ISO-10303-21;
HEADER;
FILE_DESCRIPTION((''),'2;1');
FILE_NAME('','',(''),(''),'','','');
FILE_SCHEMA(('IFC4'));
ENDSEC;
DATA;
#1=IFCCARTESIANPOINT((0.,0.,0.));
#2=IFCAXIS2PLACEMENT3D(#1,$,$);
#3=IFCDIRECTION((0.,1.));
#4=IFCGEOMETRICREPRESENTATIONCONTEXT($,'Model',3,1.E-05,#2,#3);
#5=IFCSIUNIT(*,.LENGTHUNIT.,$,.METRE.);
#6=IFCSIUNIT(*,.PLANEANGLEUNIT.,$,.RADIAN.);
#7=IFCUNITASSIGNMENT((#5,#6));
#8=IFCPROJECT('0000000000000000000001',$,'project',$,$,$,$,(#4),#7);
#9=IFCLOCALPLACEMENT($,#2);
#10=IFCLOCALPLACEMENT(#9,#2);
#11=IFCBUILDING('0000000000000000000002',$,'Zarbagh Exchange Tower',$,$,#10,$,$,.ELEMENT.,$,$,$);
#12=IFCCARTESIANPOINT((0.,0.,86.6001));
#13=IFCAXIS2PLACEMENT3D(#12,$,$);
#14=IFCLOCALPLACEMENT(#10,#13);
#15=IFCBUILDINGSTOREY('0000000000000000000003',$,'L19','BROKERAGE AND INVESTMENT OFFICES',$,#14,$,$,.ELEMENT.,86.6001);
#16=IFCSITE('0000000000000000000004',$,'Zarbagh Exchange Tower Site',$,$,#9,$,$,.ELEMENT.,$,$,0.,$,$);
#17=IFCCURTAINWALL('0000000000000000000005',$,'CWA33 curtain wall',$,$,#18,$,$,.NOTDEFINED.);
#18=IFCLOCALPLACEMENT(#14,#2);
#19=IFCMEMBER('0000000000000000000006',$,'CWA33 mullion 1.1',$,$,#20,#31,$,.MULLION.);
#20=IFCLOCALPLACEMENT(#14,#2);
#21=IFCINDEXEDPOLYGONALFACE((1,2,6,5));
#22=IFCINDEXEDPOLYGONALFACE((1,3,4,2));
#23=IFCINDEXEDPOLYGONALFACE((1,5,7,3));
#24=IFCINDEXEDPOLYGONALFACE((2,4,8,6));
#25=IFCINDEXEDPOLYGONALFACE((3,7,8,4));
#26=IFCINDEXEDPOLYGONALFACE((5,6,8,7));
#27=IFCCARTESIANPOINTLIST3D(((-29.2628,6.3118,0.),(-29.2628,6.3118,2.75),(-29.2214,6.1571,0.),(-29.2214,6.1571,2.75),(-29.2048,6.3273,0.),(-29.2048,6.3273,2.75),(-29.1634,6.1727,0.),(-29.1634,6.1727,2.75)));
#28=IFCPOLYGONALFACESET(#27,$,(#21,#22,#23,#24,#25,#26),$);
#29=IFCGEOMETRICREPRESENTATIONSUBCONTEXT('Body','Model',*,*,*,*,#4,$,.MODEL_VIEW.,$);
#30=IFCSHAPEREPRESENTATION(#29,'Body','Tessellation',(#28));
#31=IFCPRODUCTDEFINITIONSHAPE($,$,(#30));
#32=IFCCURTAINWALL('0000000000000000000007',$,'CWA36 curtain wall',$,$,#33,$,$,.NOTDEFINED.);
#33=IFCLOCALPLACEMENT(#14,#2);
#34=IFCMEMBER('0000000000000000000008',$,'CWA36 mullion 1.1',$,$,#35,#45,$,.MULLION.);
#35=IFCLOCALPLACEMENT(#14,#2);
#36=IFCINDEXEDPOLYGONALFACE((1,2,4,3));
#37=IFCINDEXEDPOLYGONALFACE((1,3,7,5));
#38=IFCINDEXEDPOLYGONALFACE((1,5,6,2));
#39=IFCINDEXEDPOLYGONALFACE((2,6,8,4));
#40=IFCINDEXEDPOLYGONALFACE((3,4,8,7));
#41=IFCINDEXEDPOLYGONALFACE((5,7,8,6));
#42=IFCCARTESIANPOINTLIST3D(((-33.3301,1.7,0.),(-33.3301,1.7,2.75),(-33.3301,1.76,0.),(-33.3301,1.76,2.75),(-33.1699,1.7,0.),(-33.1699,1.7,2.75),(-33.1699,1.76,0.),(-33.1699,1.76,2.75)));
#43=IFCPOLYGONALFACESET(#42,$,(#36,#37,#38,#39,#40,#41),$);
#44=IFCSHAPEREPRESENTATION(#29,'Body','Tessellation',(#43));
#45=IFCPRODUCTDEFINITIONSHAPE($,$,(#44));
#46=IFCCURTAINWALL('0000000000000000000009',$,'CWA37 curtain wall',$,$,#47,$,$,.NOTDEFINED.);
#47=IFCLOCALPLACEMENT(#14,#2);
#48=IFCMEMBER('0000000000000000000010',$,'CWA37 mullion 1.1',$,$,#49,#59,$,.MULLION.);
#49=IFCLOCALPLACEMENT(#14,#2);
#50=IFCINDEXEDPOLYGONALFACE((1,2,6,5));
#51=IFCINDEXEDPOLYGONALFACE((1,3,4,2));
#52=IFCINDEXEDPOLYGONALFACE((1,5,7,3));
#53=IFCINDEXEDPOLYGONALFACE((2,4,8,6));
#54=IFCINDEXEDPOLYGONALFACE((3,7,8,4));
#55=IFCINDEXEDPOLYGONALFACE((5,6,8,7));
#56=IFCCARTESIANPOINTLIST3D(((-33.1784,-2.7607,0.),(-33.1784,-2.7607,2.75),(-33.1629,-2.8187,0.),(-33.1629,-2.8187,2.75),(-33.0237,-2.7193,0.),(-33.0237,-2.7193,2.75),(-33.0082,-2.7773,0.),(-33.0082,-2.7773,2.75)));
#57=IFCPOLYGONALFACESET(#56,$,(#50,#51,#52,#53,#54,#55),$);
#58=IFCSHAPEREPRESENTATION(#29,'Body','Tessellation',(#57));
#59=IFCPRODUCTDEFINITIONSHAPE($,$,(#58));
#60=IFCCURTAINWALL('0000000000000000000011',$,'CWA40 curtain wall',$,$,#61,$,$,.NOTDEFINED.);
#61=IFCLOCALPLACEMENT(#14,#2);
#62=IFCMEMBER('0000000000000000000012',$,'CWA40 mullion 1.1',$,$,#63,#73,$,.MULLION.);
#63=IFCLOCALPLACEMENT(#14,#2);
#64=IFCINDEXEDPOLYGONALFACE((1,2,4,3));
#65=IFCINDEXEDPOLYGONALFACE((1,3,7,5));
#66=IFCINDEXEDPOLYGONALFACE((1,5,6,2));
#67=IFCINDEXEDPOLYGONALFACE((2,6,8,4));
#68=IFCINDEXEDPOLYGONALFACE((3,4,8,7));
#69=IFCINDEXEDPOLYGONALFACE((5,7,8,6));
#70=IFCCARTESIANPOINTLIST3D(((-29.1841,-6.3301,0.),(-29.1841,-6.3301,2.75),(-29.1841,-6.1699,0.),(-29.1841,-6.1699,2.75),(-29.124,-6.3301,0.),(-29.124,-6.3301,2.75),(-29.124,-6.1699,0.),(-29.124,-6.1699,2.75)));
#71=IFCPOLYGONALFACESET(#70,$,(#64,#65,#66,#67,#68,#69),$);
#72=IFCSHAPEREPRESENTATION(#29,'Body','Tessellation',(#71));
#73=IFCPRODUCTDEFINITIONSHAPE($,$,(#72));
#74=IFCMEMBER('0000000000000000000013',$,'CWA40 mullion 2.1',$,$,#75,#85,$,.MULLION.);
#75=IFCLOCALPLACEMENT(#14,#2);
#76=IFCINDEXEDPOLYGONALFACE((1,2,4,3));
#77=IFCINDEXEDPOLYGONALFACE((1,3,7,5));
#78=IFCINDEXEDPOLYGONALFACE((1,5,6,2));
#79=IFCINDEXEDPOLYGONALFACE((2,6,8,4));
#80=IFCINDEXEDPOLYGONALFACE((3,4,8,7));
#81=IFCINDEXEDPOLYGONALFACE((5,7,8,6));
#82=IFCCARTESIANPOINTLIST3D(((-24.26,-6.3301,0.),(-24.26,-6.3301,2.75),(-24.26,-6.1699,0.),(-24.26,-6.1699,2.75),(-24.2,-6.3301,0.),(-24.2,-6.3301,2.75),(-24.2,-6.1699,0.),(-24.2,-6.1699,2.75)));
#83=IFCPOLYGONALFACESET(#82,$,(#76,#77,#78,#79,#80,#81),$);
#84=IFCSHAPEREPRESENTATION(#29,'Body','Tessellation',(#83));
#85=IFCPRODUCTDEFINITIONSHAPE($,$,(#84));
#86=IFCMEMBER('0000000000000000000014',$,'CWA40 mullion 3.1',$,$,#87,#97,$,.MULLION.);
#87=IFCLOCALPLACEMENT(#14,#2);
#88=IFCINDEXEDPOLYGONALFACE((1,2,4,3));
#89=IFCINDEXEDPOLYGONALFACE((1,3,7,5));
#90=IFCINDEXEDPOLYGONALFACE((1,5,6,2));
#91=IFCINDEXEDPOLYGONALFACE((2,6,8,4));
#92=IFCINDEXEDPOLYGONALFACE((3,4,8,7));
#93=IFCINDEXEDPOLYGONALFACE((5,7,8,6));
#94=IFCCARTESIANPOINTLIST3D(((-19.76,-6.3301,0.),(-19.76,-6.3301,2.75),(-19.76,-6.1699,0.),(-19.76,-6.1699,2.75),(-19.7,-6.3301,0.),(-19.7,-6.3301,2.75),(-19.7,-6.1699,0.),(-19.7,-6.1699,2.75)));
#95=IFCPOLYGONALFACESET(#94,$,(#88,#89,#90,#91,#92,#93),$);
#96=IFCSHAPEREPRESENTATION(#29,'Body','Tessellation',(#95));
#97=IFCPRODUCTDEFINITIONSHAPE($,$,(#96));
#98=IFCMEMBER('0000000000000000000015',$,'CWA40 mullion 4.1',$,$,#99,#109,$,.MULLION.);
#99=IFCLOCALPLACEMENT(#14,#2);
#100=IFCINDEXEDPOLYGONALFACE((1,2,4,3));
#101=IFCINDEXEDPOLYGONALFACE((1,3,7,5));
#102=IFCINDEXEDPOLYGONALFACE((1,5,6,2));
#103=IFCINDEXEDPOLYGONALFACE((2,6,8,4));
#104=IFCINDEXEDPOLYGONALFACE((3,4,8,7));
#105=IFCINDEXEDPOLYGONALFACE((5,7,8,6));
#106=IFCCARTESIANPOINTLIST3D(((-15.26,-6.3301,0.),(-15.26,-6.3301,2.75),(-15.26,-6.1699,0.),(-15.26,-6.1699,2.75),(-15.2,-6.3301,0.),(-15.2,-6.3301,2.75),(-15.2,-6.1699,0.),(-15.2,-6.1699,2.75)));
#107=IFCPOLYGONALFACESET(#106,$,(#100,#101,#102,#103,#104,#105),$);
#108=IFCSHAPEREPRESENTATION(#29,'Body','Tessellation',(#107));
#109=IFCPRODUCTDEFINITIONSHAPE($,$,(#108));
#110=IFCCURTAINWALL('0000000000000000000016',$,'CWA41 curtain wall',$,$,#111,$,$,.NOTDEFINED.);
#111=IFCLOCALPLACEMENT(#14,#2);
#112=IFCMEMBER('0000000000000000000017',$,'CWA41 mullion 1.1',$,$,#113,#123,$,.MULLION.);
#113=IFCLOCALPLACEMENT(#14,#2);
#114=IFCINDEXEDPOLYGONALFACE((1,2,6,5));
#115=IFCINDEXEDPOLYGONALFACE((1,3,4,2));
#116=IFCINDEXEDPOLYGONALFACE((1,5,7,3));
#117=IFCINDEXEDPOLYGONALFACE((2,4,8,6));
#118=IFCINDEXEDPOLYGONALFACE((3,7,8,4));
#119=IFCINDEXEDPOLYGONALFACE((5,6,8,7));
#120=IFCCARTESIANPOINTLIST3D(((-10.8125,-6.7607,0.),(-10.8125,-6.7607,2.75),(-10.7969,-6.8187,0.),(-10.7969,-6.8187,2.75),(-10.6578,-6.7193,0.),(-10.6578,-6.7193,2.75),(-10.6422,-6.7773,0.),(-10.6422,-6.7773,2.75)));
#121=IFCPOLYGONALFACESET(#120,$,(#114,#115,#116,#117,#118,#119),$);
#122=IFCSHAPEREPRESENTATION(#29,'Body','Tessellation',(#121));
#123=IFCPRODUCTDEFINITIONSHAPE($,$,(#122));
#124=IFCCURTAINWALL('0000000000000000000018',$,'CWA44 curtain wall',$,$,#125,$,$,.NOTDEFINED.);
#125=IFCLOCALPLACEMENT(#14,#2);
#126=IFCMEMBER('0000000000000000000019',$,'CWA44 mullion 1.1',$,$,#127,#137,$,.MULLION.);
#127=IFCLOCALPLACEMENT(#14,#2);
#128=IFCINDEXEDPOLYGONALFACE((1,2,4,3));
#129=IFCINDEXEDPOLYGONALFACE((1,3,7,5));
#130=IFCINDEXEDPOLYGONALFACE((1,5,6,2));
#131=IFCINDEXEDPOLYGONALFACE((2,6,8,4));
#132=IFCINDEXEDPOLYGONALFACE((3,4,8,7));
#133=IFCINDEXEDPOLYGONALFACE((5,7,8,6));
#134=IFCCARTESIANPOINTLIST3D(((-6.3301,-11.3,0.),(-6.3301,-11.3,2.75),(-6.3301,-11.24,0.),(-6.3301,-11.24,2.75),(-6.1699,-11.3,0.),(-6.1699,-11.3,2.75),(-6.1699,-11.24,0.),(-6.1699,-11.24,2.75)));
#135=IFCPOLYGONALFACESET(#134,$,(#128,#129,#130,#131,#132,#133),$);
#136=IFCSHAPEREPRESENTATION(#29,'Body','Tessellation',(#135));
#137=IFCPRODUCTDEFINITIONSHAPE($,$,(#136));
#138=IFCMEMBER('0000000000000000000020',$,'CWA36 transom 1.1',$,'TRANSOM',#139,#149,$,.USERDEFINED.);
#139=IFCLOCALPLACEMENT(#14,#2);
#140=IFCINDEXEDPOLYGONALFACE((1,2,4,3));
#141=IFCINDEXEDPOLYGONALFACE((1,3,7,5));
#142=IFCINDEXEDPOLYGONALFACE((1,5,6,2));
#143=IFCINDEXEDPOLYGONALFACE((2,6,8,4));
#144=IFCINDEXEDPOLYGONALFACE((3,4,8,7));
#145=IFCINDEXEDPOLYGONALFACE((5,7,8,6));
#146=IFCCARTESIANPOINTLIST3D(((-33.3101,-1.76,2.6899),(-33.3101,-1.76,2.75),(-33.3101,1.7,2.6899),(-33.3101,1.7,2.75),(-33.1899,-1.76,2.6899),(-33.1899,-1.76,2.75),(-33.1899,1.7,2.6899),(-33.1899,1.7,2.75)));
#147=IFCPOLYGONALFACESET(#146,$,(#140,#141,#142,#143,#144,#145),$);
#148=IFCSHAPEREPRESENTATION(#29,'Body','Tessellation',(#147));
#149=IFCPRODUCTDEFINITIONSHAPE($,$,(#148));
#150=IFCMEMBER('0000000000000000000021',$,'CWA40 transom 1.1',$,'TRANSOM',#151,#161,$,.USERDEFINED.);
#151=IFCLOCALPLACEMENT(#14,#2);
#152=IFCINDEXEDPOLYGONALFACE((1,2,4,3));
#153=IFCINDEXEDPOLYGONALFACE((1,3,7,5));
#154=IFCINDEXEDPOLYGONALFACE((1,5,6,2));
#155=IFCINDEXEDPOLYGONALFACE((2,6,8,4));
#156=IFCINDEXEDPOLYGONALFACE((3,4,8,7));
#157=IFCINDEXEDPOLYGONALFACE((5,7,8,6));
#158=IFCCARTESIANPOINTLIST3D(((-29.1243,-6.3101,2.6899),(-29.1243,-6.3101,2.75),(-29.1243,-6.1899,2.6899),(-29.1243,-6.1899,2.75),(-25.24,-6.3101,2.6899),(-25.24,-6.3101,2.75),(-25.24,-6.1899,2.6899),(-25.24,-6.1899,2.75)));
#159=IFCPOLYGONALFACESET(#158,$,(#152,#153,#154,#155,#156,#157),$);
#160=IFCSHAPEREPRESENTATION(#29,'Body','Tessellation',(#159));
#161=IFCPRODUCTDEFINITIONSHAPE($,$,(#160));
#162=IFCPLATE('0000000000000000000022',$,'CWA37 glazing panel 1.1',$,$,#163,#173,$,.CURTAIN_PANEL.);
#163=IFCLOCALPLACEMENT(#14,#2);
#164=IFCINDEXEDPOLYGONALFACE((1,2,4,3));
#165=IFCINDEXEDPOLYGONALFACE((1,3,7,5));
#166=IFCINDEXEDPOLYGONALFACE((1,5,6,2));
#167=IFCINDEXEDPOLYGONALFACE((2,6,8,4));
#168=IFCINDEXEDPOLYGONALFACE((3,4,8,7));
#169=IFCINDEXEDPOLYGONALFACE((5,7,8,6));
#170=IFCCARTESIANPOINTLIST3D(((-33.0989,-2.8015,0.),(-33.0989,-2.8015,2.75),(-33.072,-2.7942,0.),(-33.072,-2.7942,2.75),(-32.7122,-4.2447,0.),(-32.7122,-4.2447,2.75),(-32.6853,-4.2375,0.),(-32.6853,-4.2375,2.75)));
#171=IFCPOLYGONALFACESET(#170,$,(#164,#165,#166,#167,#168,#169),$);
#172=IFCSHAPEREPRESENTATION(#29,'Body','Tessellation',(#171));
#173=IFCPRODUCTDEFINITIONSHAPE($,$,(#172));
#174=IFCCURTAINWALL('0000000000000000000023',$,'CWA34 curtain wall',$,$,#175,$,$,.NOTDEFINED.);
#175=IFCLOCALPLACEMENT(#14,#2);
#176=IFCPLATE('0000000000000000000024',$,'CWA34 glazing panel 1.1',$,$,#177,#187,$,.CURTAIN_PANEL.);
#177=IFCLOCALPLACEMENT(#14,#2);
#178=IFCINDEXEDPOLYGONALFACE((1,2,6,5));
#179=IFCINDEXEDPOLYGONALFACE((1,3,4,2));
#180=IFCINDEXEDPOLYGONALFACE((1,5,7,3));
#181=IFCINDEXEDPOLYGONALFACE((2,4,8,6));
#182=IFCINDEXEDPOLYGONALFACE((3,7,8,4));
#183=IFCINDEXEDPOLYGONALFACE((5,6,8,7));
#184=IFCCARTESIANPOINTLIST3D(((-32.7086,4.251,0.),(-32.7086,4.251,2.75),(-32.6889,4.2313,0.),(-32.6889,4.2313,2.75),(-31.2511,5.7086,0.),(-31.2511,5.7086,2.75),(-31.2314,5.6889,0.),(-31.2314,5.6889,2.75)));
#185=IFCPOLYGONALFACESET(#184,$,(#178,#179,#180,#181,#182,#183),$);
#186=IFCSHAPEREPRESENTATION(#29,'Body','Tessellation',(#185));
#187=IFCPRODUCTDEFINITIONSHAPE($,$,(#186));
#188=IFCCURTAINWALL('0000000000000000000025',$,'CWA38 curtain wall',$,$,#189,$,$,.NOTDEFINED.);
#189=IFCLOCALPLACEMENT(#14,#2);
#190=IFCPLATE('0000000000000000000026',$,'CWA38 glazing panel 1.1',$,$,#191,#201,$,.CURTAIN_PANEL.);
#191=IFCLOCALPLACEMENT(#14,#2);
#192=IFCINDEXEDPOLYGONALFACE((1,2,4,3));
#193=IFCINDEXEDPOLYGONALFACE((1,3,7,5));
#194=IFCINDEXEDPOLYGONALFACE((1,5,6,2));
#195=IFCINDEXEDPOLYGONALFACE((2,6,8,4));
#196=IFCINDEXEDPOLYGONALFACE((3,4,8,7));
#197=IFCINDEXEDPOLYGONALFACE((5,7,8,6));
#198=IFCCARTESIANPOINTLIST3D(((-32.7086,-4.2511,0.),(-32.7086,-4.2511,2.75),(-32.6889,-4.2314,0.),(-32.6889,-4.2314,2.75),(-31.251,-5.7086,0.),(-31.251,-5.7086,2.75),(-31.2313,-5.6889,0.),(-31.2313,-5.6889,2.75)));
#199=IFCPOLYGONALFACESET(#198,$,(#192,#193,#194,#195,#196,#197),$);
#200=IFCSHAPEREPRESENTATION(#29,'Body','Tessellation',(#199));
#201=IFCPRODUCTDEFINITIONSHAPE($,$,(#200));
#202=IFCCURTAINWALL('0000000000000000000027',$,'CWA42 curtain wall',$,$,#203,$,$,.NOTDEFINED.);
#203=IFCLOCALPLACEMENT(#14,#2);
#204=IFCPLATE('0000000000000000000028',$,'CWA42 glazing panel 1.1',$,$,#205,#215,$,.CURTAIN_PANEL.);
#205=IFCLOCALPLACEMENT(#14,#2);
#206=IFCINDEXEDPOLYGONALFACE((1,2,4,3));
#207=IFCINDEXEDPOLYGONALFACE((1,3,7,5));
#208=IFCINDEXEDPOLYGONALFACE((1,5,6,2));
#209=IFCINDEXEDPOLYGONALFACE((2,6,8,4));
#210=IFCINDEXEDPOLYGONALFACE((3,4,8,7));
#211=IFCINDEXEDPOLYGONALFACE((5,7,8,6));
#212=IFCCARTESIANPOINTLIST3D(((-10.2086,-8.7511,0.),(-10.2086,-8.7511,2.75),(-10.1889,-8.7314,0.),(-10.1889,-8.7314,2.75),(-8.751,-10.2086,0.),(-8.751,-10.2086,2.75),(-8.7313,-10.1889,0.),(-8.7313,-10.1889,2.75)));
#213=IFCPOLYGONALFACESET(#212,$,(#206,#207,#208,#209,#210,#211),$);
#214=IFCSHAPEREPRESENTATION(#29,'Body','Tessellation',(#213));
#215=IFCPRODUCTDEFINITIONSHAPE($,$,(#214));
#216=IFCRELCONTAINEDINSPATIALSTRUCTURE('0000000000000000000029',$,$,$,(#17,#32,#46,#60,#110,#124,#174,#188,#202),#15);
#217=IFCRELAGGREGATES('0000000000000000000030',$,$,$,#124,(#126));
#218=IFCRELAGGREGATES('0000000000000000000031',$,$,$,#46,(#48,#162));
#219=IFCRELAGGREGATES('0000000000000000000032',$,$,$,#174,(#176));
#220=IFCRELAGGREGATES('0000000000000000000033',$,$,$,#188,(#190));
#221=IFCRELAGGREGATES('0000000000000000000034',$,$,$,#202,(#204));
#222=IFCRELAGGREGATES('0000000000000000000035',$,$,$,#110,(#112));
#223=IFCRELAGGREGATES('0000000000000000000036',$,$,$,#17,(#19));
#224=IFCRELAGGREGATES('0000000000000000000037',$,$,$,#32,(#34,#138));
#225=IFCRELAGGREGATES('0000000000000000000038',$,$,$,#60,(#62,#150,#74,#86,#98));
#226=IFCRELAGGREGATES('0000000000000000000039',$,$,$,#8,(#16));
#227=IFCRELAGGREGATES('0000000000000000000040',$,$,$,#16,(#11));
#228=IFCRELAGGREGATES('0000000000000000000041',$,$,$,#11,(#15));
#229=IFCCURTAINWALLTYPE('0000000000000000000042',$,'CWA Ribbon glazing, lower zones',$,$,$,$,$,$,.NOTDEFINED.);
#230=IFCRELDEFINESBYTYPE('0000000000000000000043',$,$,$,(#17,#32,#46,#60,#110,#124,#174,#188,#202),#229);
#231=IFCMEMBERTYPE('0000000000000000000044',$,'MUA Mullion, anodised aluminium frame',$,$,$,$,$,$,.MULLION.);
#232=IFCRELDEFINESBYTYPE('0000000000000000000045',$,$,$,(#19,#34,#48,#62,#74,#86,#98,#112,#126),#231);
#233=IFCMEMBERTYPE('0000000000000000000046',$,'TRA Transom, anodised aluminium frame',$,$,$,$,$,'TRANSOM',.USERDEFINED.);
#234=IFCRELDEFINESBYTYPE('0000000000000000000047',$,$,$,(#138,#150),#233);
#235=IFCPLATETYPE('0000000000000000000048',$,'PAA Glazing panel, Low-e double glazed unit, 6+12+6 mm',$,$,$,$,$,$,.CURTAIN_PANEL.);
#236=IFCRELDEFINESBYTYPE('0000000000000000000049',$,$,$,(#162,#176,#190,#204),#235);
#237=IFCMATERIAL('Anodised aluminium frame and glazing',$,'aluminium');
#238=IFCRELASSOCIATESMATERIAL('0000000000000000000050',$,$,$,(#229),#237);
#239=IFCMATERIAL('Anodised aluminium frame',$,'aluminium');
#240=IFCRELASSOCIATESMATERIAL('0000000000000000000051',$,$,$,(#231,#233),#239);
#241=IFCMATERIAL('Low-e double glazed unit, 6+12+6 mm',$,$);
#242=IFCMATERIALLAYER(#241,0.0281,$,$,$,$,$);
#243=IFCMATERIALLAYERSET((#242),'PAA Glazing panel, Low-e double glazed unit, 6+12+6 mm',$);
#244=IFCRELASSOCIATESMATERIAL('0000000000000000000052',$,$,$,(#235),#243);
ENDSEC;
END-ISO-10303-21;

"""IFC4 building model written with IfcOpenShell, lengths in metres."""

from ifc_helpers import new_model, si_unit, direction, frame, origin, place, context, subcontext, project, spatial, polyline, outline, extrude, source, transform, mapped, material, layer, layer_set, type_object, element, aggregate, save


model = new_model("IFC4")

# Units and contexts
model_context = context("Model", 3, precision=1e-05, world=origin(), true_north=direction((0.0, 1.0)))
body_context = subcontext(model_context, "Body", "Model", "MODEL_VIEW")
ifc_project = project(units=[si_unit("LENGTHUNIT", "METRE"), si_unit("PLANEANGLEUNIT", "RADIAN")], contexts=[model_context])

# Site, building, storey
site_placement = place(None, origin())
site = spatial("IfcSite", under=ifc_project, at=site_placement, Name="Zarbagh Exchange Tower Site", CompositionType="ELEMENT", RefElevation=0.0)
building_placement = place(site_placement, origin())
building = spatial("IfcBuilding", under=site, at=building_placement, Name="Zarbagh Exchange Tower", CompositionType="ELEMENT")
storey_placement = place(building_placement, frame((0.0, 0.0, 86.6001)))
storey = spatial("IfcBuildingStorey", under=building, at=storey_placement, Name="L19", Description="BROKERAGE AND INVESTMENT OFFICES", CompositionType="ELEMENT", Elevation=86.6001)

# Curtain walls, members
ifc_material_1 = material(Name="Anodised aluminium frame and glazing", Category="aluminium")
curtain_wall_type = type_object("IfcCurtainWallType", Name="CWA Ribbon glazing, lower zones", PredefinedType="NOTDEFINED", material=ifc_material_1)
curtain_wall_1_placement = place(storey_placement, origin())
curtain_wall_1 = element("IfcCurtainWall", 1, at=curtain_wall_1_placement, inside=storey, type_object=curtain_wall_type, Name="CWA33 curtain wall", PredefinedType="NOTDEFINED")
ifc_material_2 = material(Name="Anodised aluminium frame", Category="aluminium")
member_type_1 = type_object("IfcMemberType", Name="MUA Mullion, anodised aluminium frame", PredefinedType="MULLION", material=ifc_material_2)
shared_shape_1 = source(origin(), body_context, "Body", "SweptSolid", [
    extrude(outline(polyline([(0.0, -0.0801), (0.0601, -0.0801), (0.0601, 0.0801), (0.0, 0.0801), (0.0, -0.0801)])), origin(), (0.0, 0.0, 1.0), 2.75),
])
placement = place(storey_placement, origin())
member_1 = element("IfcMember", 2, at=placement, type_object=member_type_1, Name="CWA33 mullion 1.1", PredefinedType="MULLION", context=body_context, shape_type="MappedRepresentation", body=[
    mapped(shared_shape_1, transform((-29.1841, 6.25, 0.0), x_axis=(-0.965924, -0.258825, 0.0), y_axis=(0.258825, -0.965924, 0.0), z_axis=(0.0, 0.0, 1.0))),
])
curtain_wall_2_placement = place(storey_placement, origin())
curtain_wall_2 = element("IfcCurtainWall", 3, at=curtain_wall_2_placement, inside=storey, type_object=curtain_wall_type, Name="CWA36 curtain wall", PredefinedType="NOTDEFINED")
member_2 = element("IfcMember", 4, at=placement, type_object=member_type_1, Name="CWA36 mullion 1.1", PredefinedType="MULLION", context=body_context, shape_type="MappedRepresentation", body=[
    mapped(shared_shape_1, transform((-33.25, 1.76, 0.0), x_axis=(0.0, -1.0, 0.0), y_axis=(1.0, 0.0, 0.0), z_axis=(0.0, 0.0, 1.0))),
])
curtain_wall_3_placement = place(storey_placement, origin())
curtain_wall_3 = element("IfcCurtainWall", 5, at=curtain_wall_3_placement, inside=storey, type_object=curtain_wall_type, Name="CWA37 curtain wall", PredefinedType="NOTDEFINED")
member_3 = element("IfcMember", 6, at=placement, type_object=member_type_1, Name="CWA37 mullion 1.1", PredefinedType="MULLION", context=body_context, shape_type="MappedRepresentation", body=[
    mapped(shared_shape_1, transform((-33.1011, -2.74, 0.0), x_axis=(0.258825, -0.965924, 0.0), y_axis=(0.965924, 0.258825, 0.0), z_axis=(0.0, 0.0, 1.0))),
])

# Curtain wall, members
curtain_wall_4_placement = place(storey_placement, origin())
curtain_wall_4 = element("IfcCurtainWall", 7, at=curtain_wall_4_placement, inside=storey, type_object=curtain_wall_type, Name="CWA40 curtain wall", PredefinedType="NOTDEFINED")
member_4 = element("IfcMember", 8, at=placement, type_object=member_type_1, Name="CWA40 mullion 1.1", PredefinedType="MULLION", context=body_context, shape_type="MappedRepresentation", body=[
    mapped(shared_shape_1, transform((-29.1841, -6.25, 0.0), x_axis=(1.0, 0.0, 0.0), y_axis=(0.0, 1.0, 0.0), z_axis=(0.0, 0.0, 1.0))),
])
member_5 = element("IfcMember", 9, at=placement, type_object=member_type_1, Name="CWA40 mullion 2.1", PredefinedType="MULLION", context=body_context, shape_type="MappedRepresentation", body=[
    mapped(shared_shape_1, transform((-24.26, -6.25, 0.0), x_axis=(1.0, 0.0, 0.0), y_axis=(0.0, 1.0, 0.0), z_axis=(0.0, 0.0, 1.0))),
])
member_6 = element("IfcMember", 10, at=placement, type_object=member_type_1, Name="CWA40 mullion 3.1", PredefinedType="MULLION", context=body_context, shape_type="MappedRepresentation", body=[
    mapped(shared_shape_1, transform((-19.76, -6.25, 0.0), x_axis=(1.0, 0.0, 0.0), y_axis=(0.0, 1.0, 0.0), z_axis=(0.0, 0.0, 1.0))),
])
member_7 = element("IfcMember", 11, at=placement, type_object=member_type_1, Name="CWA40 mullion 4.1", PredefinedType="MULLION", context=body_context, shape_type="MappedRepresentation", body=[
    mapped(shared_shape_1, transform((-15.26, -6.25, 0.0), x_axis=(1.0, 0.0, 0.0), y_axis=(0.0, 1.0, 0.0), z_axis=(0.0, 0.0, 1.0))),
])

# Curtain walls, members
curtain_wall_5_placement = place(storey_placement, origin())
curtain_wall_5 = element("IfcCurtainWall", 12, at=curtain_wall_5_placement, inside=storey, type_object=curtain_wall_type, Name="CWA41 curtain wall", PredefinedType="NOTDEFINED")
member_8 = element("IfcMember", 13, at=placement, type_object=member_type_1, Name="CWA41 mullion 1.1", PredefinedType="MULLION", context=body_context, shape_type="MappedRepresentation", body=[
    mapped(shared_shape_1, transform((-10.7351, -6.74, 0.0), x_axis=(0.258825, -0.965924, 0.0), y_axis=(0.965924, 0.258825, 0.0), z_axis=(0.0, 0.0, 1.0))),
])
curtain_wall_6_placement = place(storey_placement, origin())
curtain_wall_6 = element("IfcCurtainWall", 14, at=curtain_wall_6_placement, inside=storey, type_object=curtain_wall_type, Name="CWA44 curtain wall", PredefinedType="NOTDEFINED")
member_9 = element("IfcMember", 15, at=placement, type_object=member_type_1, Name="CWA44 mullion 1.1", PredefinedType="MULLION", context=body_context, shape_type="MappedRepresentation", body=[
    mapped(shared_shape_1, transform((-6.25, -11.24, 0.0), x_axis=(0.0, -1.0, 0.0), y_axis=(1.0, 0.0, 0.0), z_axis=(0.0, 0.0, 1.0))),
])
aggregate(curtain_wall_6, [member_9])

# Members
member_type_2 = type_object("IfcMemberType", Name="TRA Transom, anodised aluminium frame", ElementType="TRANSOM", PredefinedType="USERDEFINED", material=ifc_material_2)
shared_shape_2 = source(origin(), body_context, "Body", "SweptSolid", [
    extrude(outline(polyline([(-0.0601, -0.0601), (0.0, -0.0601), (0.0, 0.0601), (-0.0601, 0.0601), (-0.0601, -0.0601)])), origin(), (0.0, 0.0, 1.0), 3.46),
])
member_10 = element("IfcMember", 16, at=placement, type_object=member_type_2, Name="CWA36 transom 1.1", ObjectType="TRANSOM", PredefinedType="USERDEFINED", context=body_context, shape_type="MappedRepresentation", body=[
    mapped(shared_shape_2, transform((-33.25, 1.7, 2.75), x_axis=(0.0, 0.0, 1.0), y_axis=(-1.0, 0.0, 0.0), z_axis=(0.0, -1.0, 0.0))),
])
shared_shape_3 = source(origin(), body_context, "Body", "SweptSolid", [
    extrude(outline(polyline([(-0.0601, -0.0601), (0.0, -0.0601), (0.0, 0.0601), (-0.0601, 0.0601), (-0.0601, -0.0601)])), origin(), (0.0, 0.0, 1.0), 3.8843),
])
member_11 = element("IfcMember", 17, at=placement, type_object=member_type_2, Name="CWA40 transom 1.1", ObjectType="TRANSOM", PredefinedType="USERDEFINED", context=body_context, shape_type="MappedRepresentation", body=[
    mapped(shared_shape_3, transform((-29.1243, -6.25, 2.75), x_axis=(0.0, 0.0, 1.0), y_axis=(0.0, -1.0, 0.0), z_axis=(1.0, 0.0, 0.0))),
])

# Plate
ifc_material_3 = material(Name="Low-e double glazed unit, 6+12+6 mm")
ifc_layer = layer(ifc_material_3, 0.0281)
ifc_layer_set = layer_set([ifc_layer], Name="PAA Glazing panel, Low-e double glazed unit, 6+12+6 mm")
plate_type = type_object("IfcPlateType", Name="PAA Glazing panel, Low-e double glazed unit, 6+12+6 mm", PredefinedType="CURTAIN_PANEL", material=ifc_layer_set)
shared_shape_4 = source(origin(), body_context, "Body", "SweptSolid", [
    extrude(outline(polyline([(0.0, -0.0139), (1.4941, -0.0139), (1.4941, 0.0139), (0.0, 0.0139), (0.0, -0.0139)])), origin(), (0.0, 0.0, 1.0), 2.75),
])
plate_1 = element("IfcPlate", 18, at=placement, type_object=plate_type, Name="CWA37 glazing panel 1.1", PredefinedType="CURTAIN_PANEL", context=body_context, shape_type="MappedRepresentation", body=[
    mapped(shared_shape_4, transform((-33.0854, -2.7979, 0.0), x_axis=(0.258825, -0.965924, 0.0), y_axis=(0.965924, 0.258825, 0.0), z_axis=(0.0, 0.0, 1.0))),
])
aggregate(curtain_wall_3, [member_3, plate_1])

# Curtain walls, plates
curtain_wall_7_placement = place(storey_placement, origin())
curtain_wall_7 = element("IfcCurtainWall", 19, at=curtain_wall_7_placement, inside=storey, type_object=curtain_wall_type, Name="CWA34 curtain wall", PredefinedType="NOTDEFINED")
shared_shape_5 = source(origin(), body_context, "Body", "SweptSolid", [
    extrude(outline(polyline([(0.0, -0.0139), (2.0613, -0.0139), (2.0613, 0.0139), (0.0, 0.0139), (0.0, -0.0139)])), origin(), (0.0, 0.0, 1.0), 2.75),
])
plate_2 = element("IfcPlate", 20, at=placement, type_object=plate_type, Name="CWA34 glazing panel 1.1", PredefinedType="CURTAIN_PANEL", context=body_context, shape_type="MappedRepresentation", body=[
    mapped(shared_shape_5, transform((-31.2412, 5.6987, 0.0), x_axis=(-0.707107, -0.707107, 0.0), y_axis=(0.707107, -0.707107, 0.0), z_axis=(0.0, 0.0, 1.0))),
])
aggregate(curtain_wall_7, [plate_2])
curtain_wall_8_placement = place(storey_placement, origin())
curtain_wall_8 = element("IfcCurtainWall", 21, at=curtain_wall_8_placement, inside=storey, type_object=curtain_wall_type, Name="CWA38 curtain wall", PredefinedType="NOTDEFINED")
plate_3 = element("IfcPlate", 22, at=placement, type_object=plate_type, Name="CWA38 glazing panel 1.1", PredefinedType="CURTAIN_PANEL", context=body_context, shape_type="MappedRepresentation", body=[
    mapped(shared_shape_5, transform((-32.6987, -4.2412, 0.0), x_axis=(0.707107, -0.707107, 0.0), y_axis=(0.707107, 0.707107, 0.0), z_axis=(0.0, 0.0, 1.0))),
])
aggregate(curtain_wall_8, [plate_3])
curtain_wall_9_placement = place(storey_placement, origin())
curtain_wall_9 = element("IfcCurtainWall", 23, at=curtain_wall_9_placement, inside=storey, type_object=curtain_wall_type, Name="CWA42 curtain wall", PredefinedType="NOTDEFINED")
plate_4 = element("IfcPlate", 24, at=placement, type_object=plate_type, Name="CWA42 glazing panel 1.1", PredefinedType="CURTAIN_PANEL", context=body_context, shape_type="MappedRepresentation", body=[
    mapped(shared_shape_5, transform((-10.1987, -8.7412, 0.0), x_axis=(0.707107, -0.707107, 0.0), y_axis=(0.707107, 0.707107, 0.0), z_axis=(0.0, 0.0, 1.0))),
])
aggregate(curtain_wall_9, [plate_4])

aggregate(curtain_wall_5, [member_8])

aggregate(curtain_wall_1, [member_1])

aggregate(curtain_wall_2, [member_2, member_10])
aggregate(curtain_wall_4, [member_4, member_11, member_5, member_6, member_7])

save(model, "model.ifc")
